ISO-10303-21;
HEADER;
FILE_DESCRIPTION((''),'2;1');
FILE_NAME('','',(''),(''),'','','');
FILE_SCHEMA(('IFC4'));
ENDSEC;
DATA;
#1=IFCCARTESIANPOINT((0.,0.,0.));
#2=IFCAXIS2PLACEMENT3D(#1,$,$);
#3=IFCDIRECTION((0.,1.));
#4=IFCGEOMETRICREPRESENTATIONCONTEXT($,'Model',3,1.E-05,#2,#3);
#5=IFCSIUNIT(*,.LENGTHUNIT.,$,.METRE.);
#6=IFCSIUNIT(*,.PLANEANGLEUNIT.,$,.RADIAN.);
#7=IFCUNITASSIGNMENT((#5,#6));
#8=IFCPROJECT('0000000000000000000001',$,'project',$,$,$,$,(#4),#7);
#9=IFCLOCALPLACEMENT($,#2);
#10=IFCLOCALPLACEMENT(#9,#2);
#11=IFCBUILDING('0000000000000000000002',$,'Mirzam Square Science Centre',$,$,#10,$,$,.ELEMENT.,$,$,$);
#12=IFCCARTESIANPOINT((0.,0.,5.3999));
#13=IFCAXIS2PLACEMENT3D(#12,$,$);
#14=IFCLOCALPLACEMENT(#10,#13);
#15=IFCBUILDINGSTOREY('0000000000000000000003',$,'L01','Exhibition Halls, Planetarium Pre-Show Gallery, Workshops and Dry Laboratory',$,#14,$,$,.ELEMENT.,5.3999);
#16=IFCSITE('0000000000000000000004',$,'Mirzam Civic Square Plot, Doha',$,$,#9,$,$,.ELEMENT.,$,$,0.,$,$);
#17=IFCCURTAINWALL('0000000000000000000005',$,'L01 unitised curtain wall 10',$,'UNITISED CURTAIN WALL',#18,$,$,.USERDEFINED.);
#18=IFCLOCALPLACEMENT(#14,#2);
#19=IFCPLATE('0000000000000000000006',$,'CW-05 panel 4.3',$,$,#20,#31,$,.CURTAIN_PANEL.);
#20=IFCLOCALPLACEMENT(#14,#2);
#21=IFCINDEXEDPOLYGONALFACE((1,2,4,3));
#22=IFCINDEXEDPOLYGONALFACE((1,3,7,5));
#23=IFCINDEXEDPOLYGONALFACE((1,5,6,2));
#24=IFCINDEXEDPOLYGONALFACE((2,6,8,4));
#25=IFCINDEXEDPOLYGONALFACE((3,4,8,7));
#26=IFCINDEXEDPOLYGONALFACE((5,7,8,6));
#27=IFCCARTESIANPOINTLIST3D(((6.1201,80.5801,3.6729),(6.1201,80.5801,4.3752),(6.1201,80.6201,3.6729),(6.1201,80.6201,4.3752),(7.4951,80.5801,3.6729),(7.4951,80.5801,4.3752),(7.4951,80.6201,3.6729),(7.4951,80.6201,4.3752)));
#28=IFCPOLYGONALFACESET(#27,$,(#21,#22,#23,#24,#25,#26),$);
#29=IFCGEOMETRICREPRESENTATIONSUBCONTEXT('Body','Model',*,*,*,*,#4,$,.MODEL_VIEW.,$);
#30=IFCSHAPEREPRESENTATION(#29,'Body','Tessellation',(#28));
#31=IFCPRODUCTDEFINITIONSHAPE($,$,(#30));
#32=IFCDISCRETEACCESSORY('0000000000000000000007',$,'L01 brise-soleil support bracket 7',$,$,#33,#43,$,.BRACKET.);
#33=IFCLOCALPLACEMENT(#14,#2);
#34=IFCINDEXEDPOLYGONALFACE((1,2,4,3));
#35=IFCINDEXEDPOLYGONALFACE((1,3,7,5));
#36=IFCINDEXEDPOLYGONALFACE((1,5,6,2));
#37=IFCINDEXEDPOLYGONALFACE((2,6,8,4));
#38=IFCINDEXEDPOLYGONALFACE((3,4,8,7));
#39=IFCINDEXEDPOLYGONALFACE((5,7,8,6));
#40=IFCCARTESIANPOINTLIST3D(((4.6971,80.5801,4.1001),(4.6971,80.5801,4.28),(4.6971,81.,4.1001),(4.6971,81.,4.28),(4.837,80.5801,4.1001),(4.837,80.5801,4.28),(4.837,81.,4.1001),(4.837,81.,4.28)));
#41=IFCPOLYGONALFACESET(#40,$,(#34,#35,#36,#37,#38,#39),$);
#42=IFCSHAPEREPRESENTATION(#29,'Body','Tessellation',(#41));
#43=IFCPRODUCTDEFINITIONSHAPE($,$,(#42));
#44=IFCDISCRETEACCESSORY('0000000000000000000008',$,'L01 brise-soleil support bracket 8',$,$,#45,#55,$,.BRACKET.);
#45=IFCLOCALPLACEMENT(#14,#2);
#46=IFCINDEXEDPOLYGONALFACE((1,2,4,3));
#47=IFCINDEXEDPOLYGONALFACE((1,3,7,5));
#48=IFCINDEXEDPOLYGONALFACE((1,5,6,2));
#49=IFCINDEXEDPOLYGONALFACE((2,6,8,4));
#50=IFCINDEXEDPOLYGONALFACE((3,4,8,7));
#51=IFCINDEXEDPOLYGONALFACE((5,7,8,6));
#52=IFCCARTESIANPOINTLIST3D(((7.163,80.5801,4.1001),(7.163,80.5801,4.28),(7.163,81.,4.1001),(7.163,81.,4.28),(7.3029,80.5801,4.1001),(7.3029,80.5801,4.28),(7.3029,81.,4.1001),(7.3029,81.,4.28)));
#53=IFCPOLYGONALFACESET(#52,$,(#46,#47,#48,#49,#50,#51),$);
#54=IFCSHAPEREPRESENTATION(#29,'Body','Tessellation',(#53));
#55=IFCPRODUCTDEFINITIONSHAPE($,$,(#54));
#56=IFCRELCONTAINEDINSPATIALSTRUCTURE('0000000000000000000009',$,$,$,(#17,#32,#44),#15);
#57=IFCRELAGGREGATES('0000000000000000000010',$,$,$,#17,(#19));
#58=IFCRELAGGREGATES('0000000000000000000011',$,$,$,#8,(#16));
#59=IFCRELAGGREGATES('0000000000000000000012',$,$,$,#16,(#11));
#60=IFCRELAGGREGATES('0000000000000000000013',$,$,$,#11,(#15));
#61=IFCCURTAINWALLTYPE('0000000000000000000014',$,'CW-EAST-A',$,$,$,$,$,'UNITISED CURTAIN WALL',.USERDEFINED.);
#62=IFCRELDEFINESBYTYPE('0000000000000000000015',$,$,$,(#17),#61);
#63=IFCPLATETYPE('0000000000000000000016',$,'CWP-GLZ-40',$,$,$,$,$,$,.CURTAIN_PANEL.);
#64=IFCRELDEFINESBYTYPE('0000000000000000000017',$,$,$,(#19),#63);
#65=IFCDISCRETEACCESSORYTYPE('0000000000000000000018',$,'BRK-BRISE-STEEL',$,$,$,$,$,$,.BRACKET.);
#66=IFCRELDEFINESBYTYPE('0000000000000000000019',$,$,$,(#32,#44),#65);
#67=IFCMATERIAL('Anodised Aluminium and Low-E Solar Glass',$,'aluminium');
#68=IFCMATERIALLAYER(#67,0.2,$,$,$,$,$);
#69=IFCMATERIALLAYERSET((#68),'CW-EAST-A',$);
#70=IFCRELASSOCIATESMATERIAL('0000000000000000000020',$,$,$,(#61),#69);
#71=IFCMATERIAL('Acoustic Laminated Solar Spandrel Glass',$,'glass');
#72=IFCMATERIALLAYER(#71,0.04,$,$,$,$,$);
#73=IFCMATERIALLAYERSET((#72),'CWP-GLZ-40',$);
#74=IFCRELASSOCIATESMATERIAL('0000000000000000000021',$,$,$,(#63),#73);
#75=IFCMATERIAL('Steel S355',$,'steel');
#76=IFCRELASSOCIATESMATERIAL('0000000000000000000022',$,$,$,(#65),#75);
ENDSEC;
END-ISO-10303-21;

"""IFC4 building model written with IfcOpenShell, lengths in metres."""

from ifc_helpers import new_model, si_unit, direction, frame, origin, origin_2d, place, context, subcontext, project, spatial, rectangle, extrude, material, layer, layer_set, type_object, element, aggregate, save


model = new_model("IFC4")

# Units and contexts
model_context = context("Model", 3, precision=1e-05, world=origin(), true_north=direction((0.0, 1.0)))
body_context = subcontext(model_context, "Body", "Model", "MODEL_VIEW")
ifc_project = project(units=[si_unit("LENGTHUNIT", "METRE"), si_unit("PLANEANGLEUNIT", "RADIAN")], contexts=[model_context])

# Site, building, storey
site_placement = place(None, origin())
site = spatial("IfcSite", under=ifc_project, at=site_placement, Name="Mirzam Civic Square Plot, Doha", CompositionType="ELEMENT", RefElevation=0.0)
building_placement = place(site_placement, origin())
building = spatial("IfcBuilding", under=site, at=building_placement, Name="Mirzam Square Science Centre", CompositionType="ELEMENT")
storey_placement = place(building_placement, frame((0.0, 0.0, 5.3999)))
storey = spatial("IfcBuildingStorey", under=building, at=storey_placement, Name="L01", Description="Exhibition Halls, Planetarium Pre-Show Gallery, Workshops and Dry Laboratory", CompositionType="ELEMENT", Elevation=5.3999)

# Shared definitions
ifc_material_1 = material(Name="Steel S355", Category="steel")

# Shared definitions
ifc_material_2 = material(Name="Anodised Aluminium and Low-E Solar Glass", Category="aluminium")

# Curtain wall
ifc_layer_1 = layer(ifc_material_2, 0.2)
ifc_layer_set_1 = layer_set([ifc_layer_1], Name="CW-EAST-A")
curtain_wall_type_1 = type_object("IfcCurtainWallType", Name="CW-EAST-A", ElementType="UNITISED CURTAIN WALL", PredefinedType="USERDEFINED", material=ifc_layer_set_1)
curtain_wall_1_placement = place(storey_placement, origin())
curtain_wall_1 = element("IfcCurtainWall", 1, at=curtain_wall_1_placement, inside=storey, type_object=curtain_wall_type_1, Name="L01 unitised curtain wall 10", ObjectType="UNITISED CURTAIN WALL", PredefinedType="USERDEFINED")

# Plate
ifc_material_3 = material(Name="Acoustic Laminated Solar Spandrel Glass", Category="glass")
ifc_layer_2 = layer(ifc_material_3, 0.04)
ifc_layer_set_2 = layer_set([ifc_layer_2], Name="CWP-GLZ-40")
plate_type_1 = type_object("IfcPlateType", Name="CWP-GLZ-40", PredefinedType="CURTAIN_PANEL", material=ifc_layer_set_2)
plate_1_placement = place(storey_placement, frame((6.8076, 80.6001, 3.6729), z_axis=(0.0, 0.0, 1.0), x_axis=(-1.0, 0.0, 0.0)))
plate_1 = element("IfcPlate", 2, at=plate_1_placement, type_object=plate_type_1, Name="CW-05 panel 4.3", PredefinedType="CURTAIN_PANEL", context=body_context, shape_type="SweptSolid", body=[
    extrude(rectangle(XDim=1.375, YDim=0.04, at=origin_2d()), origin(), (0.0, 0.0, 1.0), 0.7024),
])
aggregate(curtain_wall_1, [plate_1])

# Discrete accessories
discrete_accessory_type = type_object("IfcDiscreteAccessoryType", Name="BRK-BRISE-STEEL", PredefinedType="BRACKET", material=ifc_material_1)
for number, where, z_axis, x_axis, name in (
    (3, (4.7671, 80.79, 4.1001), (0.0, 0.0, 1.0), (-1.0, 0.0, 0.0), "L01 brise-soleil support bracket 7"),
    (4, (7.2329, 80.79, 4.1001), (0.0, 0.0, 1.0), (-1.0, 0.0, 0.0), "L01 brise-soleil support bracket 8"),
):
    element("IfcDiscreteAccessory", number, at=place(storey_placement, frame(where, z_axis=z_axis, x_axis=x_axis)), inside=storey, type_object=discrete_accessory_type, Name=name, PredefinedType="BRACKET", context=body_context, shape_type="SweptSolid", body=[
        extrude(rectangle(XDim=0.1399, YDim=0.4199, at=origin_2d()), origin(), (0.0, 0.0, 1.0), 0.1799),
    ])

save(model, "model.ifc")
